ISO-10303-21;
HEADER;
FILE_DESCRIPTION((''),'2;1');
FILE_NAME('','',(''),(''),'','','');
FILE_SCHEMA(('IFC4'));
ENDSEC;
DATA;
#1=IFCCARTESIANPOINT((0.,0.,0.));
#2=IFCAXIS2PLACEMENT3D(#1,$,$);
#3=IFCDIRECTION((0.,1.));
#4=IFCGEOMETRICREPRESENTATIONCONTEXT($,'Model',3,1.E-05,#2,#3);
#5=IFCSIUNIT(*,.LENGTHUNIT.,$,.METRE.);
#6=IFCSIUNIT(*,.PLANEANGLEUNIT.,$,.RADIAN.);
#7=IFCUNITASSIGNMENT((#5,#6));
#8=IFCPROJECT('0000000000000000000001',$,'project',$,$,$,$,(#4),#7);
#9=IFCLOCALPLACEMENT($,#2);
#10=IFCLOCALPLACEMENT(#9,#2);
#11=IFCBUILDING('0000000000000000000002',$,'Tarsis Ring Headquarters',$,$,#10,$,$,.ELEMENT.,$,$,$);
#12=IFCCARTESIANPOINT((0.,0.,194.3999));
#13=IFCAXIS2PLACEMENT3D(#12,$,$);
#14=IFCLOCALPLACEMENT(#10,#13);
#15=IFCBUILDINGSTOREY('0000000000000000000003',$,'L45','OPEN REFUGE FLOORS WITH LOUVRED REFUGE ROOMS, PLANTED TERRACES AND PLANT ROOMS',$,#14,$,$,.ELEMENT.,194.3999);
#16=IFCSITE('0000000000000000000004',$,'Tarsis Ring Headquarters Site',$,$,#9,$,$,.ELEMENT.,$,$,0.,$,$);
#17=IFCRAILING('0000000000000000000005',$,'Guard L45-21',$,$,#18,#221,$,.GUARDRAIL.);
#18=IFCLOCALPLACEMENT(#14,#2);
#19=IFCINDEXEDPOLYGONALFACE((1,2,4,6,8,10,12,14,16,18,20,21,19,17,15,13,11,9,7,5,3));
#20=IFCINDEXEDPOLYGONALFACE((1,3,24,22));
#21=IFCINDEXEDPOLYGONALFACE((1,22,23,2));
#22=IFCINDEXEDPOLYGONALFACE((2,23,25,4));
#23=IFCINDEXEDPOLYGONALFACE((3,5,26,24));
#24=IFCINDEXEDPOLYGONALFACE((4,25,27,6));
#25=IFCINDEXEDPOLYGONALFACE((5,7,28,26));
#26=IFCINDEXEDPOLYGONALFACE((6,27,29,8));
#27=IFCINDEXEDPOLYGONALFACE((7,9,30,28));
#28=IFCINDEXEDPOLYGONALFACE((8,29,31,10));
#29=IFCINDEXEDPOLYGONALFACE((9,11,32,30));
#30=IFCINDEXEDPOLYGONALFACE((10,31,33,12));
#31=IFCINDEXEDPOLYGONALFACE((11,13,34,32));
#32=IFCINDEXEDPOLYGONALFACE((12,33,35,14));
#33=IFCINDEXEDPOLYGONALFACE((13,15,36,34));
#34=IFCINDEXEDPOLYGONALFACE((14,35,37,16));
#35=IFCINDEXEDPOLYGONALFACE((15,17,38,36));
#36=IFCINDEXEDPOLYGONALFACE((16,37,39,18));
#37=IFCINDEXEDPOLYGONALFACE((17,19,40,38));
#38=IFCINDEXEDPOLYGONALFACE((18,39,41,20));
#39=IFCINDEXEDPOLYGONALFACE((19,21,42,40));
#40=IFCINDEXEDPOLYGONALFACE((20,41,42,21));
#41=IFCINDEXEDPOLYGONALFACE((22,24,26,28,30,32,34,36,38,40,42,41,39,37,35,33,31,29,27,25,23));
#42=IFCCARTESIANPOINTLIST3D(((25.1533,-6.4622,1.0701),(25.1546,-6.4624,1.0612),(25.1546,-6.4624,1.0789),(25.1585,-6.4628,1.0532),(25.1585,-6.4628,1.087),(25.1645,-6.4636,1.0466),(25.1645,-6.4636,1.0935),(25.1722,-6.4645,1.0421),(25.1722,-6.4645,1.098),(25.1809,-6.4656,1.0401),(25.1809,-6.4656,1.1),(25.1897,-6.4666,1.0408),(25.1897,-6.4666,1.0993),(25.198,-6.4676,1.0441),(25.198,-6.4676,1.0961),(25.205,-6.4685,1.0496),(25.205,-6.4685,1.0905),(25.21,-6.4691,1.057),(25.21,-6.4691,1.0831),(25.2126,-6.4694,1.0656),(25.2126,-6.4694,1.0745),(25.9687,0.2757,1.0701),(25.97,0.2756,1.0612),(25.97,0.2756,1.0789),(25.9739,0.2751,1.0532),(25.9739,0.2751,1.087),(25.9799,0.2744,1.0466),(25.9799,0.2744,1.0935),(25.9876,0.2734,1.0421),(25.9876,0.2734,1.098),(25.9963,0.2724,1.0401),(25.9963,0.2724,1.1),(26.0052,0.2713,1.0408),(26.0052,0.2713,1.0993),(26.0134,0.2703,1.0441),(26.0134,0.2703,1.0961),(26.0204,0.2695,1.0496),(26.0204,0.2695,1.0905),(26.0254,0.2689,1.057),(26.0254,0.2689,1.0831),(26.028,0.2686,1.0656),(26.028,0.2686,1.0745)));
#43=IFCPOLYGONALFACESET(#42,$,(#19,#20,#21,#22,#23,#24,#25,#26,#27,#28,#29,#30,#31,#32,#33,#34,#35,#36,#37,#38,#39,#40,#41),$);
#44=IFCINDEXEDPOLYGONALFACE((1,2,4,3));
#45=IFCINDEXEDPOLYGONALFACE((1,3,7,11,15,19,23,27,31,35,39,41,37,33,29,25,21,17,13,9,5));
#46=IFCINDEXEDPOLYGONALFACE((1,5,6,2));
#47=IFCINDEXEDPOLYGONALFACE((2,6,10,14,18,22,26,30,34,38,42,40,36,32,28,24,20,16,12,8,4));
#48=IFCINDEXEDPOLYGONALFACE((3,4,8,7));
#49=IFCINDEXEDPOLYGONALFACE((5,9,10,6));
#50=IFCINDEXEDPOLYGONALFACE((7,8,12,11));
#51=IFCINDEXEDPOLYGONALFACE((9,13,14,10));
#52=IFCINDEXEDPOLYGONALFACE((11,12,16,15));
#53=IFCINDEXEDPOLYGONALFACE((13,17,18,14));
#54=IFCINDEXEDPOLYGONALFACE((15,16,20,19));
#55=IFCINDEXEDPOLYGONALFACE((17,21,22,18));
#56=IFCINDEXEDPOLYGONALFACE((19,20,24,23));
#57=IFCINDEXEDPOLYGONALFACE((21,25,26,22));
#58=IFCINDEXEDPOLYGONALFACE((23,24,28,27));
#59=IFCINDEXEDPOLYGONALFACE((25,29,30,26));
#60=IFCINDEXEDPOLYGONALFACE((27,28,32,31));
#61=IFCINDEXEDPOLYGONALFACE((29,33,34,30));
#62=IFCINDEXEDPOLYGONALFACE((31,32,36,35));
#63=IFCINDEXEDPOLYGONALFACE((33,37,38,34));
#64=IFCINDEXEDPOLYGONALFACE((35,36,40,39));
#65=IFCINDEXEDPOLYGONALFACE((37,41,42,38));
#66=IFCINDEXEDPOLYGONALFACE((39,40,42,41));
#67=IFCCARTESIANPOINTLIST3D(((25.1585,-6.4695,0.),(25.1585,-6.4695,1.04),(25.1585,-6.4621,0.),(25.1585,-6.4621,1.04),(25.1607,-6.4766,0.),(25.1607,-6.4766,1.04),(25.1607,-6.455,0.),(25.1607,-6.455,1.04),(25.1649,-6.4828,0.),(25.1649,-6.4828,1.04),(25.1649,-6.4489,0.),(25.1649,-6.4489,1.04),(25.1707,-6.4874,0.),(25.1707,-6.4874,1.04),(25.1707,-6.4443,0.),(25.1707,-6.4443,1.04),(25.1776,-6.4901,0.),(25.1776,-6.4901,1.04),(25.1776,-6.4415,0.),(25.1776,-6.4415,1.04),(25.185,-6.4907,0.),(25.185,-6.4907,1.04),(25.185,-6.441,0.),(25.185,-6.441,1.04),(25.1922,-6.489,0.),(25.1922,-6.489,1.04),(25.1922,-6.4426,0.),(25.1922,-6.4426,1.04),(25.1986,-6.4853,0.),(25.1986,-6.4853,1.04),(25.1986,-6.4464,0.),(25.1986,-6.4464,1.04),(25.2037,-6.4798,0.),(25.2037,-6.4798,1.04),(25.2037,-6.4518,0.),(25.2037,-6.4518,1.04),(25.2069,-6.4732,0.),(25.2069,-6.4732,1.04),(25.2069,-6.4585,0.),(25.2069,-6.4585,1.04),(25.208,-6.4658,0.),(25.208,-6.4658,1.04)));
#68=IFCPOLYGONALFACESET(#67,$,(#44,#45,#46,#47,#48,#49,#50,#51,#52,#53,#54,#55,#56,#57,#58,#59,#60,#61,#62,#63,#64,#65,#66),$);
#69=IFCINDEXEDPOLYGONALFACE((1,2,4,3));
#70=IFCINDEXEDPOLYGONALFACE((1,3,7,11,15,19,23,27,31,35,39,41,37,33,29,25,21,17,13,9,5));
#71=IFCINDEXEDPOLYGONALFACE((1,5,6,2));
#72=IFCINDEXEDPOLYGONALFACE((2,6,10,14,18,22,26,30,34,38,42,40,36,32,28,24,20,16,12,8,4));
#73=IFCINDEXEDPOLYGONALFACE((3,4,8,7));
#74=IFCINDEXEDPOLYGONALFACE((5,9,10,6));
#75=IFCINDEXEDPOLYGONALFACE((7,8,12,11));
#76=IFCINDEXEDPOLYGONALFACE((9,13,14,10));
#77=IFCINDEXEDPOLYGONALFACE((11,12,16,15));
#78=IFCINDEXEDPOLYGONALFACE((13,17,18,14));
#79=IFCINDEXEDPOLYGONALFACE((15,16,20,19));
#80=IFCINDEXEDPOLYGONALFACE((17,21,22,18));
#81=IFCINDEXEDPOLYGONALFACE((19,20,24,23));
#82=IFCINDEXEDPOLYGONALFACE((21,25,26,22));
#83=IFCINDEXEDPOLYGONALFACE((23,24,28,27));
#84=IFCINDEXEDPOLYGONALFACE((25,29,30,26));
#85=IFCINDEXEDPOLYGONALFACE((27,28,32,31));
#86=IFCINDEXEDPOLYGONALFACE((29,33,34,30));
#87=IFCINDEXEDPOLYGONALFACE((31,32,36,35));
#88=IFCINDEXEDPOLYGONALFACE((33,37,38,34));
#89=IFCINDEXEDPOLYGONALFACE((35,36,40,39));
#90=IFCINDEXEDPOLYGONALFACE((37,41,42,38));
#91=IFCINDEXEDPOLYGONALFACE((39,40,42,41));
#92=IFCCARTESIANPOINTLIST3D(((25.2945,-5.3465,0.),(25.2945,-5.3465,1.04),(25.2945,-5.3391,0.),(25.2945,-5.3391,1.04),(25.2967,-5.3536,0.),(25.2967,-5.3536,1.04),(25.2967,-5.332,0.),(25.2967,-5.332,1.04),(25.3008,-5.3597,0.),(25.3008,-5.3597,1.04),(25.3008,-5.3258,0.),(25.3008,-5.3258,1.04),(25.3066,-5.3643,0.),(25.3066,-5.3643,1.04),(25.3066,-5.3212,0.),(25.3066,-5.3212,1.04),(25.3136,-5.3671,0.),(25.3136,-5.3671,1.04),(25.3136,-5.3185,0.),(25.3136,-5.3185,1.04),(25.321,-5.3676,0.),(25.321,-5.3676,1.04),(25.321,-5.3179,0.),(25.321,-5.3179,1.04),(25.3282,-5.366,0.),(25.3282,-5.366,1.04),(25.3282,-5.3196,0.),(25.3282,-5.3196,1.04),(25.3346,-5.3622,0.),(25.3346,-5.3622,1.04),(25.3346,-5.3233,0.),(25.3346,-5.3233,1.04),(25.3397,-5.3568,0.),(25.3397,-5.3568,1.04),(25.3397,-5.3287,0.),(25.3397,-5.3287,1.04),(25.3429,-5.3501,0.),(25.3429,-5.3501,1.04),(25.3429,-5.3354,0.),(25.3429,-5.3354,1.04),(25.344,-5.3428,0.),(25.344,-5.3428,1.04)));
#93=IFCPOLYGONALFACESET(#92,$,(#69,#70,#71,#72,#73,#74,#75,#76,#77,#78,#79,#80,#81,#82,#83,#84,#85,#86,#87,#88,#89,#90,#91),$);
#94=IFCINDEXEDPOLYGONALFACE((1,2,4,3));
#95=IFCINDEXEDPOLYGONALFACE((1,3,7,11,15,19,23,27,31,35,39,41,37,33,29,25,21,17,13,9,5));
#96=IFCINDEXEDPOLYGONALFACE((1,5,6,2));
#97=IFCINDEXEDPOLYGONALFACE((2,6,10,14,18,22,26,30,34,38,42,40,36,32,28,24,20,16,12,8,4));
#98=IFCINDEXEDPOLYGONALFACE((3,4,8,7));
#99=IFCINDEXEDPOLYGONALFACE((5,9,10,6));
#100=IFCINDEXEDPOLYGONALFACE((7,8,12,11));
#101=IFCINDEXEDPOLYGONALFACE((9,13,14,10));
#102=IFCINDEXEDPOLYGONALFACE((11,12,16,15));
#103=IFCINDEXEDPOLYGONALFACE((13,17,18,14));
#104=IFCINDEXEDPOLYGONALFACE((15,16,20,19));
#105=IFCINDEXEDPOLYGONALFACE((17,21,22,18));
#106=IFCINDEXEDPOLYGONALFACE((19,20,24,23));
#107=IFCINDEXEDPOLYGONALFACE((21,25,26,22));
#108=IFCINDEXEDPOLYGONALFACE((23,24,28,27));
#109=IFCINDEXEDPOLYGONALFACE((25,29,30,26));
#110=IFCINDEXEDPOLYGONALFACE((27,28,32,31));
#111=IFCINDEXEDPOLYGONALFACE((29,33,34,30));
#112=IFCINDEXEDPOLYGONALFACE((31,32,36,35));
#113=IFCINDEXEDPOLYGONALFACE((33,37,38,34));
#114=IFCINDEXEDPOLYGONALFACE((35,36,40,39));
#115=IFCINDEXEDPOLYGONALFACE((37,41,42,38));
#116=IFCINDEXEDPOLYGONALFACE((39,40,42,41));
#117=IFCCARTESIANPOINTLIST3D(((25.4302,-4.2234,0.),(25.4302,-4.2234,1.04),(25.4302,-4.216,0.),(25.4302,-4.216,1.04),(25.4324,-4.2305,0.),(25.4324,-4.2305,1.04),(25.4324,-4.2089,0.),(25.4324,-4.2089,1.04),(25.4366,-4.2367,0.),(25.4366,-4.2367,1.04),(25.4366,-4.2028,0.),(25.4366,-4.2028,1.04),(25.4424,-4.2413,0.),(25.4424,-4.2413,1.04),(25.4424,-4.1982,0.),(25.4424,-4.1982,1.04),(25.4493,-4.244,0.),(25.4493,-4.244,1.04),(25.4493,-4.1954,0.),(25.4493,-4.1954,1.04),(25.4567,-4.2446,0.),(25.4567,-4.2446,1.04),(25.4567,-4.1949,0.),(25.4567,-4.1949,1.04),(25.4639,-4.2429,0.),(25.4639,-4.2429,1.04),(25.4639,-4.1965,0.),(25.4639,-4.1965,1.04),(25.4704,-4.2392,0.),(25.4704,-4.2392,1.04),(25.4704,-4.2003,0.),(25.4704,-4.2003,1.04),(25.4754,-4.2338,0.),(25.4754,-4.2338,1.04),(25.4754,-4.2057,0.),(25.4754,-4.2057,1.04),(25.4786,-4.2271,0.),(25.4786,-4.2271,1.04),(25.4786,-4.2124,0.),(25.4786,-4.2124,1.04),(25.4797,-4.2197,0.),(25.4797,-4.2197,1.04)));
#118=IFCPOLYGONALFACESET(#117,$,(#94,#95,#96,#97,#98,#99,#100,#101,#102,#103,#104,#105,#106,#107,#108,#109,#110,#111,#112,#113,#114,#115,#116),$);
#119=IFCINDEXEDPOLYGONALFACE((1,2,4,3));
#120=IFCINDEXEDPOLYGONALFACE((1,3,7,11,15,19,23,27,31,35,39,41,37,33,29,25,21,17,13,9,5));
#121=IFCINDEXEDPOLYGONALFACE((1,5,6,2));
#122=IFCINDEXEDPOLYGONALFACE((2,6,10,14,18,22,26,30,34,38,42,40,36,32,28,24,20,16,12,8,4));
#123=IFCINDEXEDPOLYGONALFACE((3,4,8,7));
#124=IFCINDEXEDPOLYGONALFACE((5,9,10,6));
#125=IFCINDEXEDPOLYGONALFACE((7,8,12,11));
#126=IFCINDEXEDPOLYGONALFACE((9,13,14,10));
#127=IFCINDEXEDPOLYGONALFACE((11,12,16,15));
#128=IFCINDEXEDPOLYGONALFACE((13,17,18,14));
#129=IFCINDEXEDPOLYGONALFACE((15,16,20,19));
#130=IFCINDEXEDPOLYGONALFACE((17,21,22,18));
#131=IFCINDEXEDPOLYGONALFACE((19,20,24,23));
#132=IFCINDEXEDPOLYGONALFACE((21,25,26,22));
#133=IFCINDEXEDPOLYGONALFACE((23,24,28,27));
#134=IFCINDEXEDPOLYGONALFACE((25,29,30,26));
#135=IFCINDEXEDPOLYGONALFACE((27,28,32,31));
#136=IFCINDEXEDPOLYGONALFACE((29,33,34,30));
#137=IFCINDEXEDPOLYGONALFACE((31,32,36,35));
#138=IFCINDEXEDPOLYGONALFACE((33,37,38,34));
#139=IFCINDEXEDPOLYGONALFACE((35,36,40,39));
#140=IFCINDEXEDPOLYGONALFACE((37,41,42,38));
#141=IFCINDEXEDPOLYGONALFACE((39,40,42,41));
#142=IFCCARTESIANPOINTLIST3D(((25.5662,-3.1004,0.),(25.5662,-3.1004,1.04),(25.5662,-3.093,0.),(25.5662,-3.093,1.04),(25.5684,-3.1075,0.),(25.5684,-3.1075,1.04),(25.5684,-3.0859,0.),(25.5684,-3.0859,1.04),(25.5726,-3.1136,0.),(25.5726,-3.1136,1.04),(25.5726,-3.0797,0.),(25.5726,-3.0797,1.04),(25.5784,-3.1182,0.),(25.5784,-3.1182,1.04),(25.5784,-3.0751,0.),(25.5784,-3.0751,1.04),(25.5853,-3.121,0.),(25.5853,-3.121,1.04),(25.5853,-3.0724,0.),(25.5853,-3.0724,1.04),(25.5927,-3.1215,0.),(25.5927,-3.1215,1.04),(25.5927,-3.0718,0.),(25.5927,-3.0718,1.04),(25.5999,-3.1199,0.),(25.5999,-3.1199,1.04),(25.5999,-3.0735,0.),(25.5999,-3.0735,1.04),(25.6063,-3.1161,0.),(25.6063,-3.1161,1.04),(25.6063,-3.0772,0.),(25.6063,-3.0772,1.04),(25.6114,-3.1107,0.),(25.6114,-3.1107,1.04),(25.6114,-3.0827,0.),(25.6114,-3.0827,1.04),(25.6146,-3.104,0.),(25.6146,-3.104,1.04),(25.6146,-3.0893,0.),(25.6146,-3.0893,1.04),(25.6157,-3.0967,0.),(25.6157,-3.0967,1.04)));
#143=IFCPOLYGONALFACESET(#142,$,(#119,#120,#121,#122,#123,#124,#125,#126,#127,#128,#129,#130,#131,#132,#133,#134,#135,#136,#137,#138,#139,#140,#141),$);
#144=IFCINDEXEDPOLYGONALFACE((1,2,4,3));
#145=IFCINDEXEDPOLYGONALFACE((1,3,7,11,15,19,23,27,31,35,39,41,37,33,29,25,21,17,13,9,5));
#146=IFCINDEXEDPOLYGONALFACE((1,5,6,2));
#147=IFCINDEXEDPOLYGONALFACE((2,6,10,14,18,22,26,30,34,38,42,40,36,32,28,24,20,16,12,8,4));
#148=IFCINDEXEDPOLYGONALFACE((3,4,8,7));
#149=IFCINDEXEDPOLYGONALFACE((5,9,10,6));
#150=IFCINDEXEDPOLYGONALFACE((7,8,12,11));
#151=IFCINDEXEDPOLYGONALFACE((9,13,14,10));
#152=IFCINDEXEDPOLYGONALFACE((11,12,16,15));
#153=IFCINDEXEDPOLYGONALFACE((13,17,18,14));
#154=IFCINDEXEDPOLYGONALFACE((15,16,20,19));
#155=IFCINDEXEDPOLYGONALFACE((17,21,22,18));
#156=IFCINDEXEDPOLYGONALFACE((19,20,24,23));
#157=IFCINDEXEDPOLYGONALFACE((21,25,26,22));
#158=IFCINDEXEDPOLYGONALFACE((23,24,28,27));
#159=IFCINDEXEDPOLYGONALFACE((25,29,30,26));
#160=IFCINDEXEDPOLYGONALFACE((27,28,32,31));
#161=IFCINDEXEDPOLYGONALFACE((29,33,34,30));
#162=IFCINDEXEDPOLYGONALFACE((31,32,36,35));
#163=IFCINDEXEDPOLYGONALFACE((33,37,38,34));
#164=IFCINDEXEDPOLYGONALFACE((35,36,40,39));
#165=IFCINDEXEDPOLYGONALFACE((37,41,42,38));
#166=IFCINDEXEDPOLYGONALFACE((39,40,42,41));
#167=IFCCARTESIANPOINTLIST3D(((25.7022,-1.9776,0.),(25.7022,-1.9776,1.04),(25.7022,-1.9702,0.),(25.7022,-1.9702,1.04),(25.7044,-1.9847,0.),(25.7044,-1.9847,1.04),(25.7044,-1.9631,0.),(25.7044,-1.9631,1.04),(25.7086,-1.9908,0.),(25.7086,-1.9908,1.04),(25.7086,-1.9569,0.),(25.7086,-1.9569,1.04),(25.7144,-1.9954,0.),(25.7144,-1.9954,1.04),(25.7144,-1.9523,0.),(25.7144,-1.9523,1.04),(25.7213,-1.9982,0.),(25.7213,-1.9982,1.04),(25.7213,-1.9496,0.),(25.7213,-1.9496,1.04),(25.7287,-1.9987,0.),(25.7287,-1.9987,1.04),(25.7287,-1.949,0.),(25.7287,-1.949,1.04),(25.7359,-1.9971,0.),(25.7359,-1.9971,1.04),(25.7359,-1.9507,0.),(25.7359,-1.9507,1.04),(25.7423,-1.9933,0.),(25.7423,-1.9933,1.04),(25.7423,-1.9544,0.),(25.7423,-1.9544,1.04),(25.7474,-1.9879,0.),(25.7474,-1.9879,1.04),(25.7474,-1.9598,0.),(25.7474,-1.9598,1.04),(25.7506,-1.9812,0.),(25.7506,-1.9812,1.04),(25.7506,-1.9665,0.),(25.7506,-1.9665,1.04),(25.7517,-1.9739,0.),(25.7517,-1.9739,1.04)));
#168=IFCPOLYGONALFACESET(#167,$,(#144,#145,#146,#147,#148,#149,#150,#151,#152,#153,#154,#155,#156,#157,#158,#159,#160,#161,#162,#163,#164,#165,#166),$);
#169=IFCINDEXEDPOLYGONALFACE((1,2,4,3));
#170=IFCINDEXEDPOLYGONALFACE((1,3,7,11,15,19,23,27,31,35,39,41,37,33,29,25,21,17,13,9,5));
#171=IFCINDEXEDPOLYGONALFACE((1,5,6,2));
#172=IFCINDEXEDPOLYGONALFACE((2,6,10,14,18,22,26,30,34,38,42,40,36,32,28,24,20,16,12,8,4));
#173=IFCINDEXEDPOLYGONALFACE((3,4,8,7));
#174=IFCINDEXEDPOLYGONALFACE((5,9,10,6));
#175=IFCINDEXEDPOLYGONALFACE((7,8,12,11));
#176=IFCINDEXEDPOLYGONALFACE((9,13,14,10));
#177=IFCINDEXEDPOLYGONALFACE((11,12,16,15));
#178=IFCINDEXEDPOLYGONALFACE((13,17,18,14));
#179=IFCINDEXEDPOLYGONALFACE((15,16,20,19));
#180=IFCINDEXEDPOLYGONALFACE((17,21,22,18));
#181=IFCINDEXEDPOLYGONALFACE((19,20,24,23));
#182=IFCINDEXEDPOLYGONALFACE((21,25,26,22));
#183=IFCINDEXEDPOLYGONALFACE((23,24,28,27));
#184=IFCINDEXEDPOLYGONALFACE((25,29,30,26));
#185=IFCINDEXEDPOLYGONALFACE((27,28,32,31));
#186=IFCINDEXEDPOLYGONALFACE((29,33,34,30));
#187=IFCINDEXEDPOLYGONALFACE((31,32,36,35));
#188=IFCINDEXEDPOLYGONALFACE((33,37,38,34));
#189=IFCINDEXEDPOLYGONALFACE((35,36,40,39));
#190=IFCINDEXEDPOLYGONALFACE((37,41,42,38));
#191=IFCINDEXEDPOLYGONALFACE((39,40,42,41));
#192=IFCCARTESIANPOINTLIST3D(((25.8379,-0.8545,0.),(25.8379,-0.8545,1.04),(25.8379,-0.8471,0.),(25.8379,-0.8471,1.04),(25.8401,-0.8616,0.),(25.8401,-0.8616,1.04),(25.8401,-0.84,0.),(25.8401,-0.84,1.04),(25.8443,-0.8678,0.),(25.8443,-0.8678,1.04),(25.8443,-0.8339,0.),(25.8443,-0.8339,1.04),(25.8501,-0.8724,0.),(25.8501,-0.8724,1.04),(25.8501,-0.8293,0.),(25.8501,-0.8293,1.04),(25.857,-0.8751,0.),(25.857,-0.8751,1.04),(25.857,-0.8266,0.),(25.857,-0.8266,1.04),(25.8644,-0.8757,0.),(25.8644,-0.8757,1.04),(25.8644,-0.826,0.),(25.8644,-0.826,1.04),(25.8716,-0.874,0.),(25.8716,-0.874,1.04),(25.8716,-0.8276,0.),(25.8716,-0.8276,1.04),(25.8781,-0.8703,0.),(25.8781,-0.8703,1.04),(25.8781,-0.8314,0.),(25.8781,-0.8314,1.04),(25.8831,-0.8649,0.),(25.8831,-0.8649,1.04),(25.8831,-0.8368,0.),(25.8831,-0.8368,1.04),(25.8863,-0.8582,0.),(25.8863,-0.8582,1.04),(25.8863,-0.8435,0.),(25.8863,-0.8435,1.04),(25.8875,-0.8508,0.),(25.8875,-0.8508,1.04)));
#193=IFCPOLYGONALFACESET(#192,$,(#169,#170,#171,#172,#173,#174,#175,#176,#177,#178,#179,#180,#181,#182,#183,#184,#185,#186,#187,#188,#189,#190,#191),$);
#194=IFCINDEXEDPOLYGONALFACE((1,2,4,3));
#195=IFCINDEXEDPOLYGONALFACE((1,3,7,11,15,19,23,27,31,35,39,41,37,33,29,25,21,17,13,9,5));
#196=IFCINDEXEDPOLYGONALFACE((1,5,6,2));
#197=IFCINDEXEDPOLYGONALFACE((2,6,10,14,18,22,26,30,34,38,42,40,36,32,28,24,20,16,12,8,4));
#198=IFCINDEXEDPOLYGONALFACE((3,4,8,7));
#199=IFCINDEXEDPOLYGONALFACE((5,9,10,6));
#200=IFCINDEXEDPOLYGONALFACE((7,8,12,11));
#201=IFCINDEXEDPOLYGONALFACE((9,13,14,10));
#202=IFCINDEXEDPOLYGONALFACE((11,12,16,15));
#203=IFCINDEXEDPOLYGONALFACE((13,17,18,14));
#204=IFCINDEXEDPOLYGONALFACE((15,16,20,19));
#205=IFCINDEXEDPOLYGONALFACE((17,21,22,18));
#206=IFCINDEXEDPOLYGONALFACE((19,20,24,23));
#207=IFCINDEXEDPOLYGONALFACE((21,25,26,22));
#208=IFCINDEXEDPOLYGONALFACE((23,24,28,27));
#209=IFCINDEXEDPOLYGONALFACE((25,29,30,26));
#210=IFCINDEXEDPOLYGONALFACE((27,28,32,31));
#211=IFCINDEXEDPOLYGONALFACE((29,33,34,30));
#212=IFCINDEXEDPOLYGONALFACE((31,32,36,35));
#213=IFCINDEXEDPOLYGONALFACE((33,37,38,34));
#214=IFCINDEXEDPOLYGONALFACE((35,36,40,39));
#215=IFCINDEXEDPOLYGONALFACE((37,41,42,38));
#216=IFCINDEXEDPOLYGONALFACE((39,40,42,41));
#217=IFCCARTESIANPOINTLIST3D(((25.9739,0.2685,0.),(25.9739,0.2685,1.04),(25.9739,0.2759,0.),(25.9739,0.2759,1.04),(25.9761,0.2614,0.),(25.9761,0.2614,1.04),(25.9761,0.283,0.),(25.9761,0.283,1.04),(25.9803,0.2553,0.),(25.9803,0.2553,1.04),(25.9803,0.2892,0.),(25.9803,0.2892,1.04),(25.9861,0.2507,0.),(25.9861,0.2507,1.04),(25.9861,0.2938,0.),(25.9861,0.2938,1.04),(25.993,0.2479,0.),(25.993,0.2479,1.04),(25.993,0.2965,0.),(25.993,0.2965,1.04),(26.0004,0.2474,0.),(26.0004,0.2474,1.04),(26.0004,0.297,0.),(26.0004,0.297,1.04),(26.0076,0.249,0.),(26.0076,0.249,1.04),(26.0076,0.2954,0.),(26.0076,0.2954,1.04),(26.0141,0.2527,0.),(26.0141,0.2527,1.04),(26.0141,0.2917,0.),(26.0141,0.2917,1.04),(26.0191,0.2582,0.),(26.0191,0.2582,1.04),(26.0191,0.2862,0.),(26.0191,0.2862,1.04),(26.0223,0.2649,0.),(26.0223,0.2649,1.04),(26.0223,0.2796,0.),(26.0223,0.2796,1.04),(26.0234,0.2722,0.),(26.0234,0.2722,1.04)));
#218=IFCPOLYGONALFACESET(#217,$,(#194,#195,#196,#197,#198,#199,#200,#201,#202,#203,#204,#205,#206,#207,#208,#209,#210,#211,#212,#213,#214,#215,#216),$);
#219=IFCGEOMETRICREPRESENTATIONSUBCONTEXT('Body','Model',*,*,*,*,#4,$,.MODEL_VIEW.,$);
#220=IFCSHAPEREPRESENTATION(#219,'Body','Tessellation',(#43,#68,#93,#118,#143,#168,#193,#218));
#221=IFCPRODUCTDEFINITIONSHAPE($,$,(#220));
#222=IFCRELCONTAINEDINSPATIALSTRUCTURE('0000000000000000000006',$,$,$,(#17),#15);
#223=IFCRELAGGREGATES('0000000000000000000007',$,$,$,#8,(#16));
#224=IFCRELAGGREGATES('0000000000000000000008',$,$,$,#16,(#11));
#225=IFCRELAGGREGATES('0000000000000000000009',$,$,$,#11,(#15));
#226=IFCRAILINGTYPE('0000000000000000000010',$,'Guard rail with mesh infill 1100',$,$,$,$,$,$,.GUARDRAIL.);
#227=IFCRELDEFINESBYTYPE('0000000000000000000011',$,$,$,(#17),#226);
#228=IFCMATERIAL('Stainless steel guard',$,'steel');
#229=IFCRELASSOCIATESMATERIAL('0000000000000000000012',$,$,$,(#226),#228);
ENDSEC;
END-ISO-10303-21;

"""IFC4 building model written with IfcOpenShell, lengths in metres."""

from ifc_helpers import new_model, si_unit, direction, frame, origin, origin_2d, place, context, subcontext, project, spatial, circle, extrude, material, type_object, element, save


model = new_model("IFC4")

# Units and contexts
model_context = context("Model", 3, precision=1e-05, world=origin(), true_north=direction((0.0, 1.0)))
body_context = subcontext(model_context, "Body", "Model", "MODEL_VIEW")
ifc_project = project(units=[si_unit("LENGTHUNIT", "METRE"), si_unit("PLANEANGLEUNIT", "RADIAN")], contexts=[model_context])

# Site, building, storey
site_placement = place(None, origin())
site = spatial("IfcSite", under=ifc_project, at=site_placement, Name="Tarsis Ring Headquarters Site", CompositionType="ELEMENT", RefElevation=0.0)
building_placement = place(site_placement, origin())
building = spatial("IfcBuilding", under=site, at=building_placement, Name="Tarsis Ring Headquarters", CompositionType="ELEMENT")
storey_placement = place(building_placement, frame((0.0, 0.0, 194.3999)))
storey = spatial("IfcBuildingStorey", under=building, at=storey_placement, Name="L45", Description="OPEN REFUGE FLOORS WITH LOUVRED REFUGE ROOMS, PLANTED TERRACES AND PLANT ROOMS", CompositionType="ELEMENT", Elevation=194.3999)

# Railing
ifc_material_1 = material(Name="Stainless steel guard", Category="steel")
railing_type_1 = type_object("IfcRailingType", Name="Guard rail with mesh infill 1100", PredefinedType="GUARDRAIL", material=ifc_material_1)
railing_1_placement = place(storey_placement, frame((25.1831, -6.4658, 0.0)))
element("IfcRailing", 1, at=railing_1_placement, inside=storey, type_object=railing_type_1, Name="Guard L45-21", PredefinedType="GUARDRAIL", context=body_context, shape_type="SweptSolid", body=[
    extrude(circle(Radius=0.03, at=origin_2d()), frame((0.0, 0.0, 1.0701), z_axis=(0.120142, 0.992757, 0.0), x_axis=(-0.992757, 0.120142, 0.0)), (0.0, 0.0, 1.0), 6.7871),
    extrude(circle(Radius=0.0249, at=origin_2d()), origin(), (0.0, 0.0, 1.0), 1.04),
    extrude(circle(Radius=0.0249, at=origin_2d()), frame((0.136, 1.123, 0.0)), (0.0, 0.0, 1.0), 1.04),
    extrude(circle(Radius=0.0249, at=origin_2d()), frame((0.2717, 2.2461, 0.0)), (0.0, 0.0, 1.0), 1.04),
    extrude(circle(Radius=0.0249, at=origin_2d()), frame((0.4077, 3.3691, 0.0)), (0.0, 0.0, 1.0), 1.04),
    extrude(circle(Radius=0.0249, at=origin_2d()), frame((0.5437, 4.4919, 0.0)), (0.0, 0.0, 1.0), 1.04),
    extrude(circle(Radius=0.0249, at=origin_2d()), frame((0.6794, 5.615, 0.0)), (0.0, 0.0, 1.0), 1.04),
    extrude(circle(Radius=0.0249, at=origin_2d()), frame((0.8154, 6.738, 0.0)), (0.0, 0.0, 1.0), 1.04),
])

save(model, "model.ifc")
